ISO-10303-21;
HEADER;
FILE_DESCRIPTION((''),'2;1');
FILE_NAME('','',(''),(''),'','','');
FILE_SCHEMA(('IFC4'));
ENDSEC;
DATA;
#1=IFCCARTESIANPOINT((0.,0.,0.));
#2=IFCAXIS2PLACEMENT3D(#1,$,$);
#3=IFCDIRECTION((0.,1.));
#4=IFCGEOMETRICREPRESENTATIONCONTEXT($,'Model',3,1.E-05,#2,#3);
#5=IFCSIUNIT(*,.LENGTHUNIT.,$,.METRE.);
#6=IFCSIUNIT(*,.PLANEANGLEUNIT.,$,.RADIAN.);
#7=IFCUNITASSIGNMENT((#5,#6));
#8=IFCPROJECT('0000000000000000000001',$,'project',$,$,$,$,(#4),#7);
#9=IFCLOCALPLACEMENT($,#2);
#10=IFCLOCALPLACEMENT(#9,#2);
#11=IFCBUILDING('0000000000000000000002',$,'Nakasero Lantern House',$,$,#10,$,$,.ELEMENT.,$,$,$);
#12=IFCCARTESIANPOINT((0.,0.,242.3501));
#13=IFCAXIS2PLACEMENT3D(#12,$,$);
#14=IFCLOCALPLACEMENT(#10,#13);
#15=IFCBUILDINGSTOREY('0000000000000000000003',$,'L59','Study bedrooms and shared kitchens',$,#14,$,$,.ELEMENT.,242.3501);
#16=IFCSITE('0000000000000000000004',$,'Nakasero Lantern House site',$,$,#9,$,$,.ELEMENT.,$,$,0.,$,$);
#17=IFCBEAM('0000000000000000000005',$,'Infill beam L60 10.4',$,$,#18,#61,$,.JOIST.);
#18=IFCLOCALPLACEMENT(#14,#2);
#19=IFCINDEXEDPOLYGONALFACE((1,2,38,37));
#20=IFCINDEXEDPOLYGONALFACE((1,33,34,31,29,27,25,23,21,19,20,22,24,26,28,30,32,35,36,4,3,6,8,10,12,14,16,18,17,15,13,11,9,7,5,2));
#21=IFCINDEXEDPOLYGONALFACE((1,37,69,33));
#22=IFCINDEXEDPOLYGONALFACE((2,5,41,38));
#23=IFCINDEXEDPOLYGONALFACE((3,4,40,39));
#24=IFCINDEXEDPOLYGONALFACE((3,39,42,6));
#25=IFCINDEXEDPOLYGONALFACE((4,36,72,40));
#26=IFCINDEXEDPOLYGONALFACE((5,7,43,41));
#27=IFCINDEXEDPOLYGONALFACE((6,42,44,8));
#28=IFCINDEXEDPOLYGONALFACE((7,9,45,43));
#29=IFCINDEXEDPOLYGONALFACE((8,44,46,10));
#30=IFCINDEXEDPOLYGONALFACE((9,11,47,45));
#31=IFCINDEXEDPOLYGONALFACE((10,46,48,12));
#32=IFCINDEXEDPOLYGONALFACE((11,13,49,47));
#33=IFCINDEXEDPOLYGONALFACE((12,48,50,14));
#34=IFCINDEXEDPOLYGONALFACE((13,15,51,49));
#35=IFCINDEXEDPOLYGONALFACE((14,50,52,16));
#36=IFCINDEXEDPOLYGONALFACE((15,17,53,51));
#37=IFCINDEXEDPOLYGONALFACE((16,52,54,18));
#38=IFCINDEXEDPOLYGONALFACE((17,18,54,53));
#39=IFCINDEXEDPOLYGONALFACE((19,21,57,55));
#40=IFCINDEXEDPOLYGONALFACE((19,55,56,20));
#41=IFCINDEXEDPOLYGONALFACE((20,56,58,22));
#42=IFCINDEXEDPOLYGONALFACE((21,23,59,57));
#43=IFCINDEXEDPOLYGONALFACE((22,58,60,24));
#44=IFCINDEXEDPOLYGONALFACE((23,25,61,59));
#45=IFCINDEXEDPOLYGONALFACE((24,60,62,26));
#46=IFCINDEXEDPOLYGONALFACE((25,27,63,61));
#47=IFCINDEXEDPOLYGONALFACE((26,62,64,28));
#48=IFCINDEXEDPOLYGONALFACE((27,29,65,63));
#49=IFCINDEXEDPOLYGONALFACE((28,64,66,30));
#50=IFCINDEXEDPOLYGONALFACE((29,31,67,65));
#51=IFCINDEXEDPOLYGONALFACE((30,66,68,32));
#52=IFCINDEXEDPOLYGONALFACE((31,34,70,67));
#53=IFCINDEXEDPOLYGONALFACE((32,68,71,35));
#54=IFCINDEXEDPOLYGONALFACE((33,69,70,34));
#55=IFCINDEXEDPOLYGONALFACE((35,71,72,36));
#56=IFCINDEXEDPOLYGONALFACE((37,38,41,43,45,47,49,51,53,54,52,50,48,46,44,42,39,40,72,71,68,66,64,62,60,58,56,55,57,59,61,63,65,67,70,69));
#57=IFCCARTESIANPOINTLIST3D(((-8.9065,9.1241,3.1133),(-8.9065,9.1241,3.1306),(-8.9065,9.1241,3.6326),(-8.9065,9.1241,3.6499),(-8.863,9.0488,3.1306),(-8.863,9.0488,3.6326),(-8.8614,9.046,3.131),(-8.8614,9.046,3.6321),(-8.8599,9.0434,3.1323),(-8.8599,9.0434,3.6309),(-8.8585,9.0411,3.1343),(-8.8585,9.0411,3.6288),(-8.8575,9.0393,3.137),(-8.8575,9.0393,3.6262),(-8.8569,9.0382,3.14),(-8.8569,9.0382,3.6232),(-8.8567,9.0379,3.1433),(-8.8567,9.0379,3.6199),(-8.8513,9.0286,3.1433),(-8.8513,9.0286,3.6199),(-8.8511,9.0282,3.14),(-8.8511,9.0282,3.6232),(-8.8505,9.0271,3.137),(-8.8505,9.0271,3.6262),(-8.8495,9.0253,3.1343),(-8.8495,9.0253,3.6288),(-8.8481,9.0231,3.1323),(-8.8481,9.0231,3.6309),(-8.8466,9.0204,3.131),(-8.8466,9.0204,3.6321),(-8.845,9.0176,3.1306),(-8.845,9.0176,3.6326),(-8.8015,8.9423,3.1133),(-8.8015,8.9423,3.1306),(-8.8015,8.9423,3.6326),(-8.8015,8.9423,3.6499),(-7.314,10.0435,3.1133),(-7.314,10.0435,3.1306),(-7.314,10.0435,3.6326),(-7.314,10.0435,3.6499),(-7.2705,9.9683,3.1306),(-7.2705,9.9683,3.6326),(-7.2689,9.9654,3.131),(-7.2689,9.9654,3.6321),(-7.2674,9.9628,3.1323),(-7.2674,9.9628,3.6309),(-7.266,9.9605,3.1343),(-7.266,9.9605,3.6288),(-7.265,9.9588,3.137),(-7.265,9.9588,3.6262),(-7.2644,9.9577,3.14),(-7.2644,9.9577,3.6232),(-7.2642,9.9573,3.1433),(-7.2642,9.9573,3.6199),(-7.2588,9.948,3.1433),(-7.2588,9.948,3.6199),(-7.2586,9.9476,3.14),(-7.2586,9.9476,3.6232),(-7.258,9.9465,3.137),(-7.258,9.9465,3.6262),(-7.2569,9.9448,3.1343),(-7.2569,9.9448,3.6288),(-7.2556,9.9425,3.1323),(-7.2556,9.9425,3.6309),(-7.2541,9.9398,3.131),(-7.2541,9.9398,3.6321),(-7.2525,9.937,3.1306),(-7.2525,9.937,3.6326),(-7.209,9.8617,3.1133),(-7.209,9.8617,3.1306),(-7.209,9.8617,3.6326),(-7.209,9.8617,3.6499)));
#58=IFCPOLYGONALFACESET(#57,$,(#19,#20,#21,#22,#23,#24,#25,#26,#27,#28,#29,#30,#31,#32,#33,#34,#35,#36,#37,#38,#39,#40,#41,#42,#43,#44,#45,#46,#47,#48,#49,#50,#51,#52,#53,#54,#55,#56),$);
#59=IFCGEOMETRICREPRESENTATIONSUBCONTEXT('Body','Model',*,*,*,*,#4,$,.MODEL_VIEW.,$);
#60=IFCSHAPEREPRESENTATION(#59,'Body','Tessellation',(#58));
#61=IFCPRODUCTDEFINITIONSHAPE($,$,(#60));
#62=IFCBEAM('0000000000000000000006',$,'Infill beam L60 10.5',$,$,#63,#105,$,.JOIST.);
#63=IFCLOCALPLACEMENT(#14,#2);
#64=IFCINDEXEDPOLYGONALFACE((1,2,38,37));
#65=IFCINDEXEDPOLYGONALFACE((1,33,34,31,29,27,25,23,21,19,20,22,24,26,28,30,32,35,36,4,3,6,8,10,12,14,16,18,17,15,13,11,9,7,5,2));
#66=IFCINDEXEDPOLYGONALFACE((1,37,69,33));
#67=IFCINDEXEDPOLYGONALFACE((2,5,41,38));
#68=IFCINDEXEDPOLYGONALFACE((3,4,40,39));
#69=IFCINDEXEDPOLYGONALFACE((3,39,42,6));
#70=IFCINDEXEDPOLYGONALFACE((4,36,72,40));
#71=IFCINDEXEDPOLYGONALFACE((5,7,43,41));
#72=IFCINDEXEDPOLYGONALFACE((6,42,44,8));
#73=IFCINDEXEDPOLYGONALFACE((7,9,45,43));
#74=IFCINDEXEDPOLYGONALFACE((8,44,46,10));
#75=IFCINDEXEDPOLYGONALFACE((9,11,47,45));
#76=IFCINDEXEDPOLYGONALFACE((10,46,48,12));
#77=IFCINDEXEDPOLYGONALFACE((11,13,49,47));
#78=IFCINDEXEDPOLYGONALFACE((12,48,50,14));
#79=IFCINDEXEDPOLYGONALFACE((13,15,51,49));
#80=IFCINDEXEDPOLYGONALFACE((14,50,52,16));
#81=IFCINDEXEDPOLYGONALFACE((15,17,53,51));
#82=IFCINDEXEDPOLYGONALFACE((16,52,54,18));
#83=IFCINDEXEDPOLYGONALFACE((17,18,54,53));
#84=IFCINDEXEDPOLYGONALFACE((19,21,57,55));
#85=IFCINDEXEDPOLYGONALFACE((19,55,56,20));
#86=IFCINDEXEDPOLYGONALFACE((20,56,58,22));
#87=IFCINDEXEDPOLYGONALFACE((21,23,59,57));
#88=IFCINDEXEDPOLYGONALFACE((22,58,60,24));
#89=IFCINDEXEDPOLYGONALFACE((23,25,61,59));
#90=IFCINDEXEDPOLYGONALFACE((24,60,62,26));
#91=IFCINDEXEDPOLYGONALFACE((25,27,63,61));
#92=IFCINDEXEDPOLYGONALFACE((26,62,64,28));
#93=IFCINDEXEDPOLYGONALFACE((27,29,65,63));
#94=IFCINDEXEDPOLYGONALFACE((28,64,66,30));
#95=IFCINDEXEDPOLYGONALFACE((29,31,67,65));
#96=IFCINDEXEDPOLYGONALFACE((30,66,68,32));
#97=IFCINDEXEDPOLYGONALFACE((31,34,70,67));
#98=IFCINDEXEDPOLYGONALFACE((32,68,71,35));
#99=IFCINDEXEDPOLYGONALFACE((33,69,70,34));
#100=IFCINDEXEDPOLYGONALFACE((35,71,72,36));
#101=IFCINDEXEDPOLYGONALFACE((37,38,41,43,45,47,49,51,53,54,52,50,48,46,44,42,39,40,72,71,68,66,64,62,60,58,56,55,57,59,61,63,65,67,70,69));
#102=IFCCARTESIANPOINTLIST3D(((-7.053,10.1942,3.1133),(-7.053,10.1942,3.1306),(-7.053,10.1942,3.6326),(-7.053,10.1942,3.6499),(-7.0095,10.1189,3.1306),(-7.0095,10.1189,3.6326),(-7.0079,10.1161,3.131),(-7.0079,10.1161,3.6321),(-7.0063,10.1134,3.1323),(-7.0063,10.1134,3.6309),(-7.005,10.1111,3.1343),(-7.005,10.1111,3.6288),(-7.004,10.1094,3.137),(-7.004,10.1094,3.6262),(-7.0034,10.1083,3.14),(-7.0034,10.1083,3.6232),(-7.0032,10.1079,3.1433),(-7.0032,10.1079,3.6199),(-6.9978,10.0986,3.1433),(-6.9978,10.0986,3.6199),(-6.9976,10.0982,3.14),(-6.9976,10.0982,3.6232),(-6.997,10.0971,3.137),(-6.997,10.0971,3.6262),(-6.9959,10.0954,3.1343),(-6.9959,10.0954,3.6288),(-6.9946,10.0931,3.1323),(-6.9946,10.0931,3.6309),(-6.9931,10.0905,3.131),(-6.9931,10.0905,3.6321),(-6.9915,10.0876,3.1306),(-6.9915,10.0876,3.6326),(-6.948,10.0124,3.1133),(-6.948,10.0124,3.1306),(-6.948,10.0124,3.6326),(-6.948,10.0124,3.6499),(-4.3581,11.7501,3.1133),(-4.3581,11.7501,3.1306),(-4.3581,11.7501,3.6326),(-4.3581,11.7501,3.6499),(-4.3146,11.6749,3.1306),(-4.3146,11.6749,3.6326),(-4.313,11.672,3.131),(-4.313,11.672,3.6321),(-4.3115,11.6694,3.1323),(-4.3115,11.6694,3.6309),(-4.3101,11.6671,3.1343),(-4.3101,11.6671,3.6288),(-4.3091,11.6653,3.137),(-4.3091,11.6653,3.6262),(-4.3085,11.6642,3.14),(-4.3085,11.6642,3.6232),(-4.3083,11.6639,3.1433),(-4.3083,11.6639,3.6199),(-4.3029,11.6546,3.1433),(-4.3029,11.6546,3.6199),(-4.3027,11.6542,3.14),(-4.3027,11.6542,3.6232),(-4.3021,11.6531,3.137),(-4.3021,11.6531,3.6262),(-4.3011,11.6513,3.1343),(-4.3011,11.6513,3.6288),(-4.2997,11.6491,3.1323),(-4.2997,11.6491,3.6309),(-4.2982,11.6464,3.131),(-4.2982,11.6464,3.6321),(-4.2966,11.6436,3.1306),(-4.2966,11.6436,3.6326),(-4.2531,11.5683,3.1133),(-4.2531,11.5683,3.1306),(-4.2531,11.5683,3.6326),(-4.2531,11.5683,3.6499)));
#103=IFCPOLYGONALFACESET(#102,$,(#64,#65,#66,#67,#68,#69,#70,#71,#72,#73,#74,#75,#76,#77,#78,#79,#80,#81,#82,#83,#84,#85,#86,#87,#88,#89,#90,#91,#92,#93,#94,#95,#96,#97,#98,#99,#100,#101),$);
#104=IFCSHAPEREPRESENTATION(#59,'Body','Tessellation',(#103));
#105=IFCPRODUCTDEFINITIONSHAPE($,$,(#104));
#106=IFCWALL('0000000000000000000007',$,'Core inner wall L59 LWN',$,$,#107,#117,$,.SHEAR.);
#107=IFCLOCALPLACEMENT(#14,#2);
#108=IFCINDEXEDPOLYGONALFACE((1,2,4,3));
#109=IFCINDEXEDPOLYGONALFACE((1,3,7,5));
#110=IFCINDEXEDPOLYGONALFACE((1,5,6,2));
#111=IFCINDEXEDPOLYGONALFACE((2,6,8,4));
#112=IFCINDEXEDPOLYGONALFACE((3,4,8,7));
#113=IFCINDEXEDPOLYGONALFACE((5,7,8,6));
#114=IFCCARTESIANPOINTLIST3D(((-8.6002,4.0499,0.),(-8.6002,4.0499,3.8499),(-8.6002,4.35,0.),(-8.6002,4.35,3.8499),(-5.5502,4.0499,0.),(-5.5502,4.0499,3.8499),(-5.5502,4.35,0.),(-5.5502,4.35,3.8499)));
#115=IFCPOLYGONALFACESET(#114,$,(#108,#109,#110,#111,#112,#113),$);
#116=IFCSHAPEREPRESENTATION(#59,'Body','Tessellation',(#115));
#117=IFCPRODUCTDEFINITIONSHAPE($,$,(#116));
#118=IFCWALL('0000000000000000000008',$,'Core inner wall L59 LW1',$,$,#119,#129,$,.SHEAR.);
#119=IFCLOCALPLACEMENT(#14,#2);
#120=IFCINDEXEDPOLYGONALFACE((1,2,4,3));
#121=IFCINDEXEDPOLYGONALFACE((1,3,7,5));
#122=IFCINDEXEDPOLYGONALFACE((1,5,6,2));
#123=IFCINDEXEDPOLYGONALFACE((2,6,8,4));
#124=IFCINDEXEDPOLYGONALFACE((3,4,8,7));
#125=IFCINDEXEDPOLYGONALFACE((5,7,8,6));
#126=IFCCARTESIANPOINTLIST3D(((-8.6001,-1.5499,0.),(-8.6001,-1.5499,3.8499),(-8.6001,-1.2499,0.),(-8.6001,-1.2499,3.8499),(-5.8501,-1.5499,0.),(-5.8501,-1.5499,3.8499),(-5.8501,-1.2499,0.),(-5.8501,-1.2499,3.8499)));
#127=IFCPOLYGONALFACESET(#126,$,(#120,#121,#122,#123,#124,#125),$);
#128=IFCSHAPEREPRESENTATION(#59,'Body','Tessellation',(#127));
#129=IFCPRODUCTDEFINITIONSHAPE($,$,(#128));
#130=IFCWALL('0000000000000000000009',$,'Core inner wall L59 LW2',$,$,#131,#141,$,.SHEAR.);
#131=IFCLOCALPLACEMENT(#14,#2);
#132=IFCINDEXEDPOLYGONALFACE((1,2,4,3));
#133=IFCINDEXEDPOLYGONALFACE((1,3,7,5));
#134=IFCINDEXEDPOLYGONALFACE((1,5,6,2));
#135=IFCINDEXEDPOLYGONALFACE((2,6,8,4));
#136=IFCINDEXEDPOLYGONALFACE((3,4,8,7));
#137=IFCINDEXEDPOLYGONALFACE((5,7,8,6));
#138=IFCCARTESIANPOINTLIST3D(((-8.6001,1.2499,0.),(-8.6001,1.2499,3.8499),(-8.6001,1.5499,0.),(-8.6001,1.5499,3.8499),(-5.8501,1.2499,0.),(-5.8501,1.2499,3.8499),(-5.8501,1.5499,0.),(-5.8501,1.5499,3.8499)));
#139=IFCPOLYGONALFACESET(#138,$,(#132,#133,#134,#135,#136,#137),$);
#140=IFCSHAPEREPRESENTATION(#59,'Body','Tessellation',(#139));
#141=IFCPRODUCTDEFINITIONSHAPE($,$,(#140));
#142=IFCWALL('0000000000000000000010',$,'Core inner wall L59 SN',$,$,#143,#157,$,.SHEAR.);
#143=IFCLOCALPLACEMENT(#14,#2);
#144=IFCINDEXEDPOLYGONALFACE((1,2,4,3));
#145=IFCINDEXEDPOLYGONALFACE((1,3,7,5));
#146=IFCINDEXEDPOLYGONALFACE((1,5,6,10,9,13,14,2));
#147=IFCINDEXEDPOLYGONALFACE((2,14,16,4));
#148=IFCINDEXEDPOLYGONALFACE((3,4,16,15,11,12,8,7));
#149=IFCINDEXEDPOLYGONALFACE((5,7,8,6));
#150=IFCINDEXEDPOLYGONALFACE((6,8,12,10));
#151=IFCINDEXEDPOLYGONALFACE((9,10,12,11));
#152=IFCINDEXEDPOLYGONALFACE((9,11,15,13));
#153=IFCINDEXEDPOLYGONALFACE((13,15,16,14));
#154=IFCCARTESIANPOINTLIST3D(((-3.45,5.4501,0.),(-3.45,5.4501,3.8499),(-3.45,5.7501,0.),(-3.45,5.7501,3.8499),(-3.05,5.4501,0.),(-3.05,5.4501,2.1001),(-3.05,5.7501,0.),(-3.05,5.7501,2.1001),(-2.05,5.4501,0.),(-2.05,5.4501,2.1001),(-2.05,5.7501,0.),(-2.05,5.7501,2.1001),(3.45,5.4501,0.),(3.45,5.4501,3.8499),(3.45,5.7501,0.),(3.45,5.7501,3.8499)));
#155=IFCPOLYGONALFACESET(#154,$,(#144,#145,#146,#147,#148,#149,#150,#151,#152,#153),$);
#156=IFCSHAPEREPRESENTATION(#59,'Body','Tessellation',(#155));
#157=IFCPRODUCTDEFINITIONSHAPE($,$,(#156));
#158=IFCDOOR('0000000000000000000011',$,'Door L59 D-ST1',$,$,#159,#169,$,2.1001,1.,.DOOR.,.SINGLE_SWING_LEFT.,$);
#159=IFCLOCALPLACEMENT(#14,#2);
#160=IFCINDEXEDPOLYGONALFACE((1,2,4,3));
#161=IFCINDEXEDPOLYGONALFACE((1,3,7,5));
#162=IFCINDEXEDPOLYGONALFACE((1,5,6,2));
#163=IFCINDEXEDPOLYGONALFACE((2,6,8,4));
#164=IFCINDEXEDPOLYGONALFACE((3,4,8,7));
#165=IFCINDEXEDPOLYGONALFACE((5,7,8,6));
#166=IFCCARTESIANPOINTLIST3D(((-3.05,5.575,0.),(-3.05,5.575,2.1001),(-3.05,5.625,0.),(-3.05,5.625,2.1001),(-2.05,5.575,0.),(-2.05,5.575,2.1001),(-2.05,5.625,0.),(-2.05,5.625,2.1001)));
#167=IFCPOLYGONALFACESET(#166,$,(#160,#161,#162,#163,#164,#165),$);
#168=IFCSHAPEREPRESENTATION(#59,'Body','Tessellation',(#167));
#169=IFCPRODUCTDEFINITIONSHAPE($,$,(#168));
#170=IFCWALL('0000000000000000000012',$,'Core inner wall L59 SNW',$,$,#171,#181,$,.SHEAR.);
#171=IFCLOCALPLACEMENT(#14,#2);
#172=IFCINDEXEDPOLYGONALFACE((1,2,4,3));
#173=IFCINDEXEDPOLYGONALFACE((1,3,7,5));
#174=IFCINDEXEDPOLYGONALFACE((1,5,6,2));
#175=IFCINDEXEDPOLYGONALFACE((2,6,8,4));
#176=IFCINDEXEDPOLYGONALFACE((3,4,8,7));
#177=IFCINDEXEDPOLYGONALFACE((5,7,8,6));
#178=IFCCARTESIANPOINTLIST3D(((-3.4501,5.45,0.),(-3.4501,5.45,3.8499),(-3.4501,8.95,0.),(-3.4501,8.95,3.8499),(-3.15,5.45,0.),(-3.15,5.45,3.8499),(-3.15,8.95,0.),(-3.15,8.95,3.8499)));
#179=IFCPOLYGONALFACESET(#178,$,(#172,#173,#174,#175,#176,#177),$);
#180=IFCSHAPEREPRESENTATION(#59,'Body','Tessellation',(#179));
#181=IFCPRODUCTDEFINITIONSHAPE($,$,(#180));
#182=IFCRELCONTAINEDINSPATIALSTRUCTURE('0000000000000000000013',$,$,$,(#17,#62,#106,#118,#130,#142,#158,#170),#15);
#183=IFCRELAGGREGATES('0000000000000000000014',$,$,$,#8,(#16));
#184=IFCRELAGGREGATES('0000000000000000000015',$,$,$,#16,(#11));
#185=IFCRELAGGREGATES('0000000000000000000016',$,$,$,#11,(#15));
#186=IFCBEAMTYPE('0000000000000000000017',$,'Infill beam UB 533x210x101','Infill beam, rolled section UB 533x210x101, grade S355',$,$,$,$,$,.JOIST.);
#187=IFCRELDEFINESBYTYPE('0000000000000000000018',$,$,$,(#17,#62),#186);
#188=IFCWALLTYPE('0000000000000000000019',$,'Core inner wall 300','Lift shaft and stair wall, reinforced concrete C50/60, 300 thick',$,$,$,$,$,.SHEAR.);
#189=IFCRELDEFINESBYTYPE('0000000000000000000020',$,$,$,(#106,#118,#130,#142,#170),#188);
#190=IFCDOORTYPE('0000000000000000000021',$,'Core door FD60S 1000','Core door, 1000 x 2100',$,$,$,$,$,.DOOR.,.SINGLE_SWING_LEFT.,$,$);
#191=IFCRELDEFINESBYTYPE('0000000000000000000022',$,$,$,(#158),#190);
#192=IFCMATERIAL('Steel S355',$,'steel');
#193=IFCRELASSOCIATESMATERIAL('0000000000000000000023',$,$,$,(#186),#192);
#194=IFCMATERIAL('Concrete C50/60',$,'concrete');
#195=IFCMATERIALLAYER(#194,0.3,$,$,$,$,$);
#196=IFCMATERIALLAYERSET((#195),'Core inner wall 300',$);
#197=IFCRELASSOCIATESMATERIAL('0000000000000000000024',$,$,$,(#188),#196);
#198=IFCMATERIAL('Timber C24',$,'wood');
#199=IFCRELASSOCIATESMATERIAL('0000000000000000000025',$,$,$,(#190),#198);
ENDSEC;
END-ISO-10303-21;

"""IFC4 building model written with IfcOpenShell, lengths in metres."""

from ifc_helpers import new_model, si_unit, direction, frame, frame_2d, origin, origin_2d, place, context, subcontext, project, spatial, rectangle, i_section, extrude, material, layer, layer_set, material_profile, profile_set, type_object, element, fill, save


model = new_model("IFC4")

# Units and contexts
model_context = context("Model", 3, precision=1e-05, world=origin(), true_north=direction((0.0, 1.0)))
body_context = subcontext(model_context, "Body", "Model", "MODEL_VIEW")
ifc_project = project(units=[si_unit("LENGTHUNIT", "METRE"), si_unit("PLANEANGLEUNIT", "RADIAN")], contexts=[model_context])

# Site, building, storey
site_placement = place(None, origin())
site = spatial("IfcSite", under=ifc_project, at=site_placement, Name="Nakasero Lantern House site", CompositionType="ELEMENT", RefElevation=0.0)
building_placement = place(site_placement, origin())
building = spatial("IfcBuilding", under=site, at=building_placement, Name="Nakasero Lantern House", CompositionType="ELEMENT")
storey_placement = place(building_placement, frame((0.0, 0.0, 242.3501)))
storey = spatial("IfcBuildingStorey", under=building, at=storey_placement, Name="L59", Description="Study bedrooms and shared kitchens", CompositionType="ELEMENT", Elevation=242.3501)

# Beams
ifc_material_1 = material(Name="Steel S355", Category="steel")
ifc_material_profile = material_profile(ifc_material_1, i_section(OverallWidth=0.21, OverallDepth=0.5366, WebThickness=0.0107, FlangeThickness=0.0173, FilletRadius=0.0127, at=origin_2d()), Name="UB 533x210x101")
ifc_profile_set = profile_set([ifc_material_profile], Name="Steel S355")
beam_type = type_object("IfcBeamType", Name="Infill beam UB 533x210x101", Description="Infill beam, rolled section UB 533x210x101, grade S355", PredefinedType="JOIST", material=ifc_profile_set)
beam_1_placement = place(storey_placement, frame((-8.854, 9.0332, 3.3816), z_axis=(0.866029, 0.499994, 0.0), x_axis=(-0.499994, 0.866029, 0.0)))
element("IfcBeam", 1, at=beam_1_placement, inside=storey, type_object=beam_type, Name="Infill beam L60 10.4", PredefinedType="JOIST", context=body_context, shape_type="SweptSolid", body=[
    extrude(i_section(OverallWidth=0.21, OverallDepth=0.5366, WebThickness=0.0107, FlangeThickness=0.0173, FilletRadius=0.0127, at=origin_2d()), origin(), (0.0, 0.0, 1.0), 1.8389),
])
beam_2_placement = place(storey_placement, frame((-7.0005, 10.1033, 3.3816), z_axis=(0.866018, 0.500012, 0.0), x_axis=(-0.500012, 0.866018, 0.0)))
element("IfcBeam", 2, at=beam_2_placement, inside=storey, type_object=beam_type, Name="Infill beam L60 10.5", PredefinedType="JOIST", context=body_context, shape_type="SweptSolid", body=[
    extrude(i_section(OverallWidth=0.21, OverallDepth=0.5366, WebThickness=0.0107, FlangeThickness=0.0173, FilletRadius=0.0127, at=origin_2d()), origin(), (0.0, 0.0, 1.0), 3.1118),
])

# Walls
ifc_material_2 = material(Name="Concrete C50/60", Category="concrete")
ifc_layer_1 = layer(ifc_material_2, 0.3)
ifc_layer_set_1 = layer_set([ifc_layer_1], Name="Core inner wall 300")
wall_type_1 = type_object("IfcWallType", Name="Core inner wall 300", Description="Lift shaft and stair wall, reinforced concrete C50/60, 300 thick", PredefinedType="SHEAR", material=ifc_layer_set_1)
wall_1_placement = place(storey_placement, frame((-8.6001, 4.2, 0.0), z_axis=(0.0, 0.0, 1.0), x_axis=(1.0, 0.0, 0.0)))
element("IfcWall", 3, at=wall_1_placement, inside=storey, type_object=wall_type_1, Name="Core inner wall L59 LWN", PredefinedType="SHEAR", context=body_context, shape_type="SweptSolid", body=[
    extrude(rectangle(XDim=3.05, YDim=0.3, at=frame_2d((1.5249, 0.0))), origin(), (0.0, 0.0, 1.0), 3.8499),
])
for number, where, z_axis, x_axis, name in (
    (4, (-8.6001, -1.3999, 0.0), (0.0, 0.0, 1.0), (1.0, 0.0, 0.0), "Core inner wall L59 LW1"),
    (5, (-8.6001, 1.3999, 0.0), (0.0, 0.0, 1.0), (1.0, 0.0, 0.0), "Core inner wall L59 LW2"),
):
    element("IfcWall", number, at=place(storey_placement, frame(where, z_axis=z_axis, x_axis=x_axis)), inside=storey, type_object=wall_type_1, Name=name, PredefinedType="SHEAR", context=body_context, shape_type="SweptSolid", body=[
        extrude(rectangle(XDim=2.75, YDim=0.3, at=frame_2d((1.375, 0.0))), origin(), (0.0, 0.0, 1.0), 3.8499),
    ])

# Wall, opening, door
wall_2_placement = place(storey_placement, frame((-3.45, 5.6001, 0.0), z_axis=(0.0, 0.0, 1.0), x_axis=(1.0, 0.0, 0.0)))
wall_2 = element("IfcWall", 6, at=wall_2_placement, inside=storey, type_object=wall_type_1, Name="Core inner wall L59 SN", PredefinedType="SHEAR", context=body_context, shape_type="SweptSolid", body=[
    extrude(rectangle(XDim=6.8999, YDim=0.3, at=frame_2d((3.45, 0.0))), origin(), (0.0, 0.0, 1.0), 3.8499),
])
opening_1_placement = place(wall_2_placement, frame((0.3999, 0.0, 0.0)))
opening_1 = element("IfcOpeningElement", 7, at=opening_1_placement, cuts=wall_2, PredefinedType="OPENING", context=body_context, shape_type="SweptSolid", body=[
    extrude(rectangle(XDim=1.0, YDim=2.1001, at=frame_2d((0.5, 1.05))), frame((0.0, 0.1699, 0.0), z_axis=(0.0, -1.0, 0.0), x_axis=(1.0, 0.0, 0.0)), (0.0, 0.0, 1.0), 0.3401),
])
ifc_material_3 = material(Name="Timber C24", Category="wood")
door_type_1 = type_object("IfcDoorType", Name="Core door FD60S 1000", Description="Core door, 1000 x 2100", OperationType="SINGLE_SWING_LEFT", PredefinedType="DOOR", material=ifc_material_3)
door_1_placement = place(opening_1_placement, origin())
door_1 = element("IfcDoor", 8, at=door_1_placement, inside=storey, type_object=door_type_1, Name="Door L59 D-ST1", OperationType="SINGLE_SWING_LEFT", OverallHeight=2.1001, OverallWidth=1.0, PredefinedType="DOOR", context=body_context, shape_type="SweptSolid", body=[
    extrude(rectangle(XDim=1.0, YDim=2.1001, at=frame_2d((0.5, 1.05))), frame((0.0, 0.0249, 0.0), z_axis=(0.0, -1.0, 0.0), x_axis=(1.0, 0.0, 0.0)), (0.0, 0.0, 1.0), 0.05),
])
fill(opening_1, door_1)

# Wall
wall_3_placement = place(storey_placement, frame((-3.3, 5.45, 0.0), z_axis=(0.0, 0.0, 1.0), x_axis=(0.0, 1.0, 0.0)))
element("IfcWall", 9, at=wall_3_placement, inside=storey, type_object=wall_type_1, Name="Core inner wall L59 SNW", PredefinedType="SHEAR", context=body_context, shape_type="SweptSolid", body=[
    extrude(rectangle(XDim=3.5, YDim=0.3, at=frame_2d((1.75, 0.0))), origin(), (0.0, 0.0, 1.0), 3.8499),
])

save(model, "model.ifc")
